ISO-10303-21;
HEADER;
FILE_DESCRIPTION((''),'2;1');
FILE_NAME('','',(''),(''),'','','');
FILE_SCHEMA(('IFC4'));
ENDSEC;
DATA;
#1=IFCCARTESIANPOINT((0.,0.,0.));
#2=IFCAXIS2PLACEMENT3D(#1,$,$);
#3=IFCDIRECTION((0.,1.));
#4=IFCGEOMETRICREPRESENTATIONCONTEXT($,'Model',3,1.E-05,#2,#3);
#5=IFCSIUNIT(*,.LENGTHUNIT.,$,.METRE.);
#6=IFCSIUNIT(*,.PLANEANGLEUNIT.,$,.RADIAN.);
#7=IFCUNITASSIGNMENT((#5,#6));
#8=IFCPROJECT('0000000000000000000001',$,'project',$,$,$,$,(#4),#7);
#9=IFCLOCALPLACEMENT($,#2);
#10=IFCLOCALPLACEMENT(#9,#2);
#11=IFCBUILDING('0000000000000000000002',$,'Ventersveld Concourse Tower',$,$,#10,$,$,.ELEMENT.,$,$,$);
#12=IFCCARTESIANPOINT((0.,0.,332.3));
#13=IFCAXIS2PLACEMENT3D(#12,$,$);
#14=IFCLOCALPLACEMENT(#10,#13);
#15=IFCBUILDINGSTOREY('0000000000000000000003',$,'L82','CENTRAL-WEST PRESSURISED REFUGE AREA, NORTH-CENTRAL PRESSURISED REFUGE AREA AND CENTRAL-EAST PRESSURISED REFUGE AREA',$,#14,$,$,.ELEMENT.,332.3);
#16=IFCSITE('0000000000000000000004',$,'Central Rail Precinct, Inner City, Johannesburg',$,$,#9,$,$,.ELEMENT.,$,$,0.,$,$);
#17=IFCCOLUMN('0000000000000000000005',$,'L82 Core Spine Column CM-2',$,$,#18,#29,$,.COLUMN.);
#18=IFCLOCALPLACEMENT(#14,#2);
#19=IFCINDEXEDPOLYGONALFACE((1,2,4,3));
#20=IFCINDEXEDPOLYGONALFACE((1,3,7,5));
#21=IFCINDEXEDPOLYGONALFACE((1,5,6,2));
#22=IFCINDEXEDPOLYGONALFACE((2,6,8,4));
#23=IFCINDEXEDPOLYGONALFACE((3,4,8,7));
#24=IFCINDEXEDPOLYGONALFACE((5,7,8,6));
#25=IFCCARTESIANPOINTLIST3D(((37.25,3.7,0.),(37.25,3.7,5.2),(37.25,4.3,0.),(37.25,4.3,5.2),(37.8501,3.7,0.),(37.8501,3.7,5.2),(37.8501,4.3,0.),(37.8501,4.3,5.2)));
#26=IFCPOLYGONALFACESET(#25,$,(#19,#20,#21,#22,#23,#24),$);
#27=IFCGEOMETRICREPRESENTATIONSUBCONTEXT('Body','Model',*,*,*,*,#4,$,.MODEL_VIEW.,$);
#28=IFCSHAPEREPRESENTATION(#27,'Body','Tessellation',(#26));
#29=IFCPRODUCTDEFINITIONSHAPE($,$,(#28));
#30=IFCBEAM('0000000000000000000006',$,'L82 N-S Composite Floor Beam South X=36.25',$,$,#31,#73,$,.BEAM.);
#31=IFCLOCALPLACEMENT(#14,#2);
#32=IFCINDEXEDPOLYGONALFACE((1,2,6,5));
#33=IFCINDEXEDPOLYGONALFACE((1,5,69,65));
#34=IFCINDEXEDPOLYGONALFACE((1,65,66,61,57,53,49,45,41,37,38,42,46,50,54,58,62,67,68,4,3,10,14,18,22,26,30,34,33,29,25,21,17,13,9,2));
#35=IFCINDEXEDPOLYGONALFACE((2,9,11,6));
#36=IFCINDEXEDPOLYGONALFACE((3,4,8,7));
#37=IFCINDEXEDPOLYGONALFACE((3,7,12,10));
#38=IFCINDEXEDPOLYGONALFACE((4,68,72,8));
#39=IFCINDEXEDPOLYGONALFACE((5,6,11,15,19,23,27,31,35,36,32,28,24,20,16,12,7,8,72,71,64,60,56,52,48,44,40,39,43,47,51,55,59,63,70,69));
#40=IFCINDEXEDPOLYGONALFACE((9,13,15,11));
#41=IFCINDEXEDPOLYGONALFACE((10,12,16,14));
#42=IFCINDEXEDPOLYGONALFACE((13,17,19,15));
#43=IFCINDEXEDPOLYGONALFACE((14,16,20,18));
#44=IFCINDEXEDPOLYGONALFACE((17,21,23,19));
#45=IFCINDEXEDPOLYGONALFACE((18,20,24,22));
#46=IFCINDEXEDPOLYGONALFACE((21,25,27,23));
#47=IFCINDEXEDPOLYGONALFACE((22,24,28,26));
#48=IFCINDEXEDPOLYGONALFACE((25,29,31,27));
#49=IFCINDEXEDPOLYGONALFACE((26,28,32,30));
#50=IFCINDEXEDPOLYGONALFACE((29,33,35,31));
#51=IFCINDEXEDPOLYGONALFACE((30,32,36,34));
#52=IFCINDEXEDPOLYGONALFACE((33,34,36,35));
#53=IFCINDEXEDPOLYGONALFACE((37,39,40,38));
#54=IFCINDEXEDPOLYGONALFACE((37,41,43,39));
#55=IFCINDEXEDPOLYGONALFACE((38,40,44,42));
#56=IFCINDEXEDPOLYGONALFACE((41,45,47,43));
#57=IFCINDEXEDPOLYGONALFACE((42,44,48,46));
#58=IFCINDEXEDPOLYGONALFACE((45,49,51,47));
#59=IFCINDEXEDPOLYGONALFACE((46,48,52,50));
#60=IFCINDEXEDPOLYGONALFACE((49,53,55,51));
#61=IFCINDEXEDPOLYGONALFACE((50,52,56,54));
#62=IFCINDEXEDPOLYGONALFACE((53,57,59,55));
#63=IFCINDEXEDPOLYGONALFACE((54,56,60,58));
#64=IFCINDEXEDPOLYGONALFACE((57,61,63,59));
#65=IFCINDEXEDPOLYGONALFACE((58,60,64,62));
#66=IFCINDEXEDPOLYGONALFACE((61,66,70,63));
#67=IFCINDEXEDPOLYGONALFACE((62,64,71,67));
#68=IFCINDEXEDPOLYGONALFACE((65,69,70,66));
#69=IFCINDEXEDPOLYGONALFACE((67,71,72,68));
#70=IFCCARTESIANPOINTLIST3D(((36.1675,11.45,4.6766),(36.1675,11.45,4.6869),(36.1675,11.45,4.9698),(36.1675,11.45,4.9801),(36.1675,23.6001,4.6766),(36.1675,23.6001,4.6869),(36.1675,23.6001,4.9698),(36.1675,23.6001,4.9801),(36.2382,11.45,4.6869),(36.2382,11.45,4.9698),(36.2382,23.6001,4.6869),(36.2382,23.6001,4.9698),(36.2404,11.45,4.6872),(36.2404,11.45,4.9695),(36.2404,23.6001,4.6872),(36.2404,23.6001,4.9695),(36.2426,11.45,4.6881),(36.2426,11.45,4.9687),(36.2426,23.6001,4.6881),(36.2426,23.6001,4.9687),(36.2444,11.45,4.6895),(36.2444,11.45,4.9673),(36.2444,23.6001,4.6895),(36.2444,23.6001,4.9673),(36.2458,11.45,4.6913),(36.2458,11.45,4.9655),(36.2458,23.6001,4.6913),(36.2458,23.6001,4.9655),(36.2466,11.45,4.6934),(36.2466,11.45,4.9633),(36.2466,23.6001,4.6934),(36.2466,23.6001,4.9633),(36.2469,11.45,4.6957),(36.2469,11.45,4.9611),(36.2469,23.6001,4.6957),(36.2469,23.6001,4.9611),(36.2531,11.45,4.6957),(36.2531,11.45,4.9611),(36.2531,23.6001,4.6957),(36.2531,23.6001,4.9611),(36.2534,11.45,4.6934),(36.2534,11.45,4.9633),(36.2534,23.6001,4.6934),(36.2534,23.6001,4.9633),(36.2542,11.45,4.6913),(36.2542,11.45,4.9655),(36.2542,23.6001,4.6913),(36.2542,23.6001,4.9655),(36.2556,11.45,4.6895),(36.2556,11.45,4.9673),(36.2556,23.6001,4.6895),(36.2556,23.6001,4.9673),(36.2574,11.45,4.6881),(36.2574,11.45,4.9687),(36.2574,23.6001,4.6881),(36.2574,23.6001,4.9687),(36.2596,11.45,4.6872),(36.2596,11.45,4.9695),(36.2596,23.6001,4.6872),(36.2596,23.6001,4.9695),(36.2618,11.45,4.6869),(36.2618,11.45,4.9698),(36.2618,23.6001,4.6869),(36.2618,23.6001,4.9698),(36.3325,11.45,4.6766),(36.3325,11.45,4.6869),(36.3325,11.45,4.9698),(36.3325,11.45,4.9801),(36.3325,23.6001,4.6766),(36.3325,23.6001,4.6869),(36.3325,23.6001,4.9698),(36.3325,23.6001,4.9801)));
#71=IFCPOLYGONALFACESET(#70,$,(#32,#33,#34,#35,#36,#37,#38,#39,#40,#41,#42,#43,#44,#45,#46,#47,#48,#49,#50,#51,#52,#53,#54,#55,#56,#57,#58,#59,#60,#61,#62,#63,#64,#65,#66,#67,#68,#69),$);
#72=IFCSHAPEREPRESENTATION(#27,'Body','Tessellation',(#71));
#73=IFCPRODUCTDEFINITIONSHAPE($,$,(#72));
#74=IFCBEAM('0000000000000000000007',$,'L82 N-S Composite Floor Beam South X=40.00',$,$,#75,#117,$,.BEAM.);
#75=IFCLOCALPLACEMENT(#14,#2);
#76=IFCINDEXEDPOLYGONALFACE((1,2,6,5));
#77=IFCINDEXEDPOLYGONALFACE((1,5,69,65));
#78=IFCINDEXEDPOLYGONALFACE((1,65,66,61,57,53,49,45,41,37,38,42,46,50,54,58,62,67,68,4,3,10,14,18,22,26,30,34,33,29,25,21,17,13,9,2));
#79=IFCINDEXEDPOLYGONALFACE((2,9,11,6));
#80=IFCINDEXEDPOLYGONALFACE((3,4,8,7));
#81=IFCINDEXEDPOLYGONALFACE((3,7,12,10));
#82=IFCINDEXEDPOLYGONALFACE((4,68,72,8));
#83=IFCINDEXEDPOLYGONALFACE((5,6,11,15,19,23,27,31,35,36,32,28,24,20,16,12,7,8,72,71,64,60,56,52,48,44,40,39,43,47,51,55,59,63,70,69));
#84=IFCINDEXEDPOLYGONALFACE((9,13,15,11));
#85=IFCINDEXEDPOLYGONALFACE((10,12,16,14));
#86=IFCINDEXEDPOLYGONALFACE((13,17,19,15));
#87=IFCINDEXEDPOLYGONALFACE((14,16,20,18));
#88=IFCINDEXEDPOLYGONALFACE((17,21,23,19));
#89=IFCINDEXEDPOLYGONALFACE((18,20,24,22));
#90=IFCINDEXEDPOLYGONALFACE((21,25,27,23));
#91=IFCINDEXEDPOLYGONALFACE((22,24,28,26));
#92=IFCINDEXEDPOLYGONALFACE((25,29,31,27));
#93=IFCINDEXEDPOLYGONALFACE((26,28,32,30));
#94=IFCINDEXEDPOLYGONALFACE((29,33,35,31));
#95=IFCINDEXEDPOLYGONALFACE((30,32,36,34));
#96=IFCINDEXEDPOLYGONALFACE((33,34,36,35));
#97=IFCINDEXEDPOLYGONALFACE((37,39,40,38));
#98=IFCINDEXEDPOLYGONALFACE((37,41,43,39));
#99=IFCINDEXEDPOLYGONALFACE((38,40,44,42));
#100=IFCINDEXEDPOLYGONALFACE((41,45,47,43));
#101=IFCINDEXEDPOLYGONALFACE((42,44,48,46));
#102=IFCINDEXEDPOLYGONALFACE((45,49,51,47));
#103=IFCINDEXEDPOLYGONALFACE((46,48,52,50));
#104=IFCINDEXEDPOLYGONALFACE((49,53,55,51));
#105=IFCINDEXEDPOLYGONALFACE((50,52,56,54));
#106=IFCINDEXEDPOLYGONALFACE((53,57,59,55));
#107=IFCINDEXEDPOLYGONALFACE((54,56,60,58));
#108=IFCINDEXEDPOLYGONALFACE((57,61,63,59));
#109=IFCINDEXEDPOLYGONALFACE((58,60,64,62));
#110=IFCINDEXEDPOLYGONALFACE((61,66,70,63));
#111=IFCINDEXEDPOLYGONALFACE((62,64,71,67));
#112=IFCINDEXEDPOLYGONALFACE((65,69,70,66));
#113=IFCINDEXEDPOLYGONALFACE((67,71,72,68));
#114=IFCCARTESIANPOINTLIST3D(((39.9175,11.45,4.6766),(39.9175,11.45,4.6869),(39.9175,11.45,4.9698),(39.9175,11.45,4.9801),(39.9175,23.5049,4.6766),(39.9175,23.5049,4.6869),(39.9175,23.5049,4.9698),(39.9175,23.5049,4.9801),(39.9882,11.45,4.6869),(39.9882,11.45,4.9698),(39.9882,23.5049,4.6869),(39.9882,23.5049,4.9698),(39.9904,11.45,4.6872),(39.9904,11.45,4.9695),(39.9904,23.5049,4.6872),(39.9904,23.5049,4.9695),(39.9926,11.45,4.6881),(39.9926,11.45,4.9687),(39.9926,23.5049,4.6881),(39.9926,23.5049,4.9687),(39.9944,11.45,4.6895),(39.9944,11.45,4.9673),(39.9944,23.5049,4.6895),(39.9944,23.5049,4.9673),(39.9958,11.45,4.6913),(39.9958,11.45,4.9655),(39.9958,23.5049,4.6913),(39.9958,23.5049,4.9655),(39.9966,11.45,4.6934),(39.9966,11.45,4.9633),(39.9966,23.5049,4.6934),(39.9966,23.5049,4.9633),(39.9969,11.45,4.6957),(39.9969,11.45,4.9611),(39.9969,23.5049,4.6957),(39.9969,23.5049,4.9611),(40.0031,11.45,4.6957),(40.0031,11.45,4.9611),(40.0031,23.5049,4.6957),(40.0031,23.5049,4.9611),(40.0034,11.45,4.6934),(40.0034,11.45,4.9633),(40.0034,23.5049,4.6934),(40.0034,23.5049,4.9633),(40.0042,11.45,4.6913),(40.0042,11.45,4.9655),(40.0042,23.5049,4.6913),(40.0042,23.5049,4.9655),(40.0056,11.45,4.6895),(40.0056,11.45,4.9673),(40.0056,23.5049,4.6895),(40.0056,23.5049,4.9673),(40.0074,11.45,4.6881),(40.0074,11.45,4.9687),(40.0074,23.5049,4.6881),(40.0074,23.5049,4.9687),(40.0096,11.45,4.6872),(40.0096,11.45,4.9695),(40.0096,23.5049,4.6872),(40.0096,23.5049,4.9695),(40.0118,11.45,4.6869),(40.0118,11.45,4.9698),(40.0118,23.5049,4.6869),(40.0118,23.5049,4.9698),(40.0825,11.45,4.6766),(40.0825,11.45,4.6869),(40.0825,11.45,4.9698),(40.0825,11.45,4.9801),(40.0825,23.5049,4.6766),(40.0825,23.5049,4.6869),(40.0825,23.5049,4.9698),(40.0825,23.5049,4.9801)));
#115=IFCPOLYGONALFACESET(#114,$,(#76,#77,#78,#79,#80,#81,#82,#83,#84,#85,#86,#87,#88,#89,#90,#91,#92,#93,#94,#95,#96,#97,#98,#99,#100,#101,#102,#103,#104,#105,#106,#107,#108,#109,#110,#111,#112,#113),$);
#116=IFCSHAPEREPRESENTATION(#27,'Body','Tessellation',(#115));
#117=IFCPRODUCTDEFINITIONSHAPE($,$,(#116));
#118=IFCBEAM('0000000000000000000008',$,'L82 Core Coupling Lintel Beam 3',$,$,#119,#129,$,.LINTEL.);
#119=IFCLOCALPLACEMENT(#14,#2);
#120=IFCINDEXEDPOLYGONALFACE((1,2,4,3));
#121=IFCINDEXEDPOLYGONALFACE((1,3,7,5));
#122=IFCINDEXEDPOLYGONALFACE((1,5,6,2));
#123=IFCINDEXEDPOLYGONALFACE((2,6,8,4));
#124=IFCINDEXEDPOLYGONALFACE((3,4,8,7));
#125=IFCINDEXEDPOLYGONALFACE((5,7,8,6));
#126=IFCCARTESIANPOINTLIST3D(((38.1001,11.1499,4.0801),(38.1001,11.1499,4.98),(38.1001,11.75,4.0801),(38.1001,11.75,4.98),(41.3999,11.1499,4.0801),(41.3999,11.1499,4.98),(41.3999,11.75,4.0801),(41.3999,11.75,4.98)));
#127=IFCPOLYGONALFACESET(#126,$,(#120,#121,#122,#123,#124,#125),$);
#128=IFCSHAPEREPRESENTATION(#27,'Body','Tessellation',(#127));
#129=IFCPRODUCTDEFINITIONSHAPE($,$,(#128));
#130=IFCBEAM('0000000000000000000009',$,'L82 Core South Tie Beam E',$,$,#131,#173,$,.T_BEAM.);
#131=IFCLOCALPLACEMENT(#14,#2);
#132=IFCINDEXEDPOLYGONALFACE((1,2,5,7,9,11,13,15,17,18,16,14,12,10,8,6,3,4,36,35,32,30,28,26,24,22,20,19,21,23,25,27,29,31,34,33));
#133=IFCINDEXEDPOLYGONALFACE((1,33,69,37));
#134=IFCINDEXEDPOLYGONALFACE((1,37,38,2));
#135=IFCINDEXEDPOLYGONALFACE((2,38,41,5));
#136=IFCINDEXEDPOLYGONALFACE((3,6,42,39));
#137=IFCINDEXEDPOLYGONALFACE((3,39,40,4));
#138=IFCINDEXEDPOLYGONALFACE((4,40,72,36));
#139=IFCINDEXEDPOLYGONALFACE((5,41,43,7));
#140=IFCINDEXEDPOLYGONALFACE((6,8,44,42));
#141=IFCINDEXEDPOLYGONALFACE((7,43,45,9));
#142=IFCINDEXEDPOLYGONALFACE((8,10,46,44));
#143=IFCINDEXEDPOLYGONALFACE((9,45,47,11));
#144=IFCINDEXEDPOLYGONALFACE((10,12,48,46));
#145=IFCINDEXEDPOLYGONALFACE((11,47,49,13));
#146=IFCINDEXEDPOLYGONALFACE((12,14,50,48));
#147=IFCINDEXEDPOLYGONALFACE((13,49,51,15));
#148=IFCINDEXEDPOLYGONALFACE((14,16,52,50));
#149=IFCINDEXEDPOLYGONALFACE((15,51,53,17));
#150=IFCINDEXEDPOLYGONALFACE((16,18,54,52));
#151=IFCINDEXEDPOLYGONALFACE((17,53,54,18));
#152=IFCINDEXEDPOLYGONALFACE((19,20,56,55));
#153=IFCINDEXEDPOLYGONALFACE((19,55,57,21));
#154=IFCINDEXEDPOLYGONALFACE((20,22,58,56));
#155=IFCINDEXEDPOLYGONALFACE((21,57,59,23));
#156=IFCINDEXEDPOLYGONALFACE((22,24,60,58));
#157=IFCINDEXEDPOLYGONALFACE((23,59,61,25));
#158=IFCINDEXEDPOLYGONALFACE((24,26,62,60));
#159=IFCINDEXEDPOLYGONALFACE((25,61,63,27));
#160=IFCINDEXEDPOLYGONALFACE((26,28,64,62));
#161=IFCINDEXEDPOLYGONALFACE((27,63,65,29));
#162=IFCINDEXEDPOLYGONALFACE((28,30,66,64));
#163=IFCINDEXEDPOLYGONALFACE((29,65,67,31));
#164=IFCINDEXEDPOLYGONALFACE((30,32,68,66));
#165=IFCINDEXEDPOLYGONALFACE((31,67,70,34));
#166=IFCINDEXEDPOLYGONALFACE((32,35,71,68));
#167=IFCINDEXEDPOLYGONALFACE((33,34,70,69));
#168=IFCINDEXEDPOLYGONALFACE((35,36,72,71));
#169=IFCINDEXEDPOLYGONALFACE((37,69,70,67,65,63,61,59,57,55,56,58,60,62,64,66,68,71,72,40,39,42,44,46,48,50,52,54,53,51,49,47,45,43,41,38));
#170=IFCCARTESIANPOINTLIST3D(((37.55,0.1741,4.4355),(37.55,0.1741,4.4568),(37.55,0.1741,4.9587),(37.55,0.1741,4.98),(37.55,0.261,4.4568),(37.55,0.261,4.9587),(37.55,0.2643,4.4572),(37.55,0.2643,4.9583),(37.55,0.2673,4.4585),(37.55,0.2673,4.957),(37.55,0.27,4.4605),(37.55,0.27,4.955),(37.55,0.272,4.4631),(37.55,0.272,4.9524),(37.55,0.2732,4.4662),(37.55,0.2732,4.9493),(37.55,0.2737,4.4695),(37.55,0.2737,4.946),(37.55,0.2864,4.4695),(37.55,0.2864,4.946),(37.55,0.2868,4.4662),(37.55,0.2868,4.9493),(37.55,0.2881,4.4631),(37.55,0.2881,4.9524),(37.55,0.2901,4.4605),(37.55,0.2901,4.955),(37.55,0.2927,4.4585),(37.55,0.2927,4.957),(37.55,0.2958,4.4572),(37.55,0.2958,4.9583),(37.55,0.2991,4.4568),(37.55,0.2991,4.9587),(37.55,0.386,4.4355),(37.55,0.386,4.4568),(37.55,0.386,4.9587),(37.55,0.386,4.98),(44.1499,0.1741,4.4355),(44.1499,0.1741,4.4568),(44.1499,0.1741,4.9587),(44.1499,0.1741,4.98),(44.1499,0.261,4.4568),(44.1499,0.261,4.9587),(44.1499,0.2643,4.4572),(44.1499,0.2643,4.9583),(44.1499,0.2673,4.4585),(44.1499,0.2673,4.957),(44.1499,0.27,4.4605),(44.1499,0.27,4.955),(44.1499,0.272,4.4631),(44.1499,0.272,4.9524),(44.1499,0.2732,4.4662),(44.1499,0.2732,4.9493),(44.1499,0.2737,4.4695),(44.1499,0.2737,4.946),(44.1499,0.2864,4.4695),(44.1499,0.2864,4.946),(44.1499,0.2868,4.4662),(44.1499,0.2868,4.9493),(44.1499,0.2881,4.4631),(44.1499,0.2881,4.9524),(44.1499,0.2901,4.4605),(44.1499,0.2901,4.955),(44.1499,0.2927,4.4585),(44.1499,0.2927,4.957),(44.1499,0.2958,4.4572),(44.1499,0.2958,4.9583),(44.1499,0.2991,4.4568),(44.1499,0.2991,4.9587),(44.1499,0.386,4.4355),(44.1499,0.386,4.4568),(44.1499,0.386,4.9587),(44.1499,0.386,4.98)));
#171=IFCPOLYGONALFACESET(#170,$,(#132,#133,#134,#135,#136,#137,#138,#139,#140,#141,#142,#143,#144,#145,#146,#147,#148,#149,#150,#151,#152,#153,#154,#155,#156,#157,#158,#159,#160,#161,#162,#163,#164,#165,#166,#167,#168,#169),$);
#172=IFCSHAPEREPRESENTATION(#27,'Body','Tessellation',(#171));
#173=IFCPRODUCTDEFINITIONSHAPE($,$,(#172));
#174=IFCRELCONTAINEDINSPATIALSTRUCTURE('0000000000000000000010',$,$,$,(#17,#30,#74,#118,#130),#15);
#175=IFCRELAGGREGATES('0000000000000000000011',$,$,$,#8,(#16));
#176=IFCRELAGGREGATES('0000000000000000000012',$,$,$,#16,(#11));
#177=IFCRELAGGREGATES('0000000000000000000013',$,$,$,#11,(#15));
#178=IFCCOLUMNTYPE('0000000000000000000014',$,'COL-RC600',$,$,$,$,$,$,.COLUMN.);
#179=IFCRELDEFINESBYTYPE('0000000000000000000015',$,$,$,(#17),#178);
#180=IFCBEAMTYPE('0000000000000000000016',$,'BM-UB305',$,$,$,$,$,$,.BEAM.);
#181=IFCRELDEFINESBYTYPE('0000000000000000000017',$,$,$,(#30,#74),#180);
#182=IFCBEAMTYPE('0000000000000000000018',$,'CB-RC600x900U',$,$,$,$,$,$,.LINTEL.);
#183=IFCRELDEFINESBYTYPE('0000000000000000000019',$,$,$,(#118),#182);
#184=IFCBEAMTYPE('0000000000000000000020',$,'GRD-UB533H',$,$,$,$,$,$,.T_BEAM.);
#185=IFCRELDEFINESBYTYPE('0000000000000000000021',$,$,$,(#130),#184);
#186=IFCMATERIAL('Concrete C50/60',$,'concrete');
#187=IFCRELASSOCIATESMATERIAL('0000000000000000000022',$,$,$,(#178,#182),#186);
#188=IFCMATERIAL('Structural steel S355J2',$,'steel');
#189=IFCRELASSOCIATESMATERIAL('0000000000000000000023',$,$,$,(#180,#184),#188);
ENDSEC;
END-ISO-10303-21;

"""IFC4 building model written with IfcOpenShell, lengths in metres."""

from ifc_helpers import new_model, si_unit, direction, frame, origin, origin_2d, place, context, subcontext, project, spatial, rectangle, i_section, extrude, material, material_profile, profile_set, type_object, element, save


model = new_model("IFC4")

# Units and contexts
model_context = context("Model", 3, precision=1e-05, world=origin(), true_north=direction((0.0, 1.0)))
body_context = subcontext(model_context, "Body", "Model", "MODEL_VIEW")
ifc_project = project(units=[si_unit("LENGTHUNIT", "METRE"), si_unit("PLANEANGLEUNIT", "RADIAN")], contexts=[model_context])

# Site, building, storey
site_placement = place(None, origin())
site = spatial("IfcSite", under=ifc_project, at=site_placement, Name="Central Rail Precinct, Inner City, Johannesburg", CompositionType="ELEMENT", RefElevation=0.0)
building_placement = place(site_placement, origin())
building = spatial("IfcBuilding", under=site, at=building_placement, Name="Ventersveld Concourse Tower", CompositionType="ELEMENT")
storey_placement = place(building_placement, frame((0.0, 0.0, 332.3)))
storey = spatial("IfcBuildingStorey", under=building, at=storey_placement, Name="L82", Description="CENTRAL-WEST PRESSURISED REFUGE AREA, NORTH-CENTRAL PRESSURISED REFUGE AREA AND CENTRAL-EAST PRESSURISED REFUGE AREA", CompositionType="ELEMENT", Elevation=332.3)

# Column
ifc_material_1 = material(Name="Concrete C50/60", Category="concrete")
ifc_material_profile_1 = material_profile(ifc_material_1, rectangle(XDim=0.6001, YDim=0.6001, at=origin_2d()), Name="RC 600x600")
ifc_profile_set_1 = profile_set([ifc_material_profile_1], Name="Concrete C50/60")
column_type = type_object("IfcColumnType", Name="COL-RC600", PredefinedType="COLUMN", material=ifc_profile_set_1)
column_placement = place(storey_placement, frame((37.55, 4.0, 0.0), z_axis=(0.0, 0.0, 1.0), x_axis=(1.0, 0.0, 0.0)))
element("IfcColumn", 1, at=column_placement, inside=storey, type_object=column_type, Name="L82 Core Spine Column CM-2", PredefinedType="COLUMN", context=body_context, shape_type="SweptSolid", body=[
    extrude(rectangle(XDim=0.6001, YDim=0.6001, at=origin_2d()), origin(), (0.0, 0.0, 1.0), 5.2),
])

# Beams
ifc_material_2 = material(Name="Structural steel S355J2", Category="steel")
ifc_material_profile_2 = material_profile(ifc_material_2, i_section(OverallWidth=0.165, OverallDepth=0.3035, WebThickness=0.0061, FlangeThickness=0.0103, FilletRadius=0.0088, at=origin_2d()), Name="UB 305x165x40")
ifc_profile_set_2 = profile_set([ifc_material_profile_2], Name="Structural steel S355J2")
beam_type_1 = type_object("IfcBeamType", Name="BM-UB305", PredefinedType="BEAM", material=ifc_profile_set_2)
beam_1_placement = place(storey_placement, frame((36.25, 11.45, 4.8284), z_axis=(0.0, 1.0, 0.0), x_axis=(-1.0, 0.0, 0.0)))
element("IfcBeam", 2, at=beam_1_placement, inside=storey, type_object=beam_type_1, Name="L82 N-S Composite Floor Beam South X=36.25", PredefinedType="BEAM", context=body_context, shape_type="SweptSolid", body=[
    extrude(i_section(OverallWidth=0.165, OverallDepth=0.3035, WebThickness=0.0061, FlangeThickness=0.0103, FilletRadius=0.0088, at=origin_2d()), origin(), (0.0, 0.0, 1.0), 12.1501),
])
beam_2_placement = place(storey_placement, frame((40.0, 11.45, 4.8284), z_axis=(0.0, 1.0, 0.0), x_axis=(-1.0, 0.0, 0.0)))
element("IfcBeam", 3, at=beam_2_placement, inside=storey, type_object=beam_type_1, Name="L82 N-S Composite Floor Beam South X=40.00", PredefinedType="BEAM", context=body_context, shape_type="SweptSolid", body=[
    extrude(i_section(OverallWidth=0.165, OverallDepth=0.3035, WebThickness=0.0061, FlangeThickness=0.0103, FilletRadius=0.0088, at=origin_2d()), origin(), (0.0, 0.0, 1.0), 12.0549),
])
ifc_material_profile_3 = material_profile(ifc_material_1, rectangle(XDim=0.6001, YDim=0.8999, at=origin_2d()), Name="RC 600x900")
ifc_profile_set_3 = profile_set([ifc_material_profile_3], Name="Concrete C50/60")
beam_type_2 = type_object("IfcBeamType", Name="CB-RC600x900U", PredefinedType="LINTEL", material=ifc_profile_set_3)
beam_3_placement = place(storey_placement, frame((38.1001, 11.45, 4.53), z_axis=(1.0, 0.0, 0.0), x_axis=(0.0, 1.0, 0.0)))
element("IfcBeam", 4, at=beam_3_placement, inside=storey, type_object=beam_type_2, Name="L82 Core Coupling Lintel Beam 3", PredefinedType="LINTEL", context=body_context, shape_type="SweptSolid", body=[
    extrude(rectangle(XDim=0.6001, YDim=0.8999, at=origin_2d()), origin(), (0.0, 0.0, 1.0), 3.2998),
])
ifc_material_profile_4 = material_profile(ifc_material_2, i_section(OverallWidth=0.2119, OverallDepth=0.5444, WebThickness=0.0127, FlangeThickness=0.0212, FilletRadius=0.0127, at=origin_2d()), Name="UB 533x210x122")
ifc_profile_set_4 = profile_set([ifc_material_profile_4], Name="Structural steel S355J2")
beam_type_3 = type_object("IfcBeamType", Name="GRD-UB533H", PredefinedType="T_BEAM", material=ifc_profile_set_4)
beam_4_placement = place(storey_placement, frame((37.55, 0.28, 4.7078), z_axis=(1.0, 0.0, 0.0), x_axis=(0.0, 1.0, 0.0)))
element("IfcBeam", 5, at=beam_4_placement, inside=storey, type_object=beam_type_3, Name="L82 Core South Tie Beam E", PredefinedType="T_BEAM", context=body_context, shape_type="SweptSolid", body=[
    extrude(i_section(OverallWidth=0.2119, OverallDepth=0.5444, WebThickness=0.0127, FlangeThickness=0.0212, FilletRadius=0.0127, at=origin_2d()), origin(), (0.0, 0.0, 1.0), 6.5999),
])

save(model, "model.ifc")
